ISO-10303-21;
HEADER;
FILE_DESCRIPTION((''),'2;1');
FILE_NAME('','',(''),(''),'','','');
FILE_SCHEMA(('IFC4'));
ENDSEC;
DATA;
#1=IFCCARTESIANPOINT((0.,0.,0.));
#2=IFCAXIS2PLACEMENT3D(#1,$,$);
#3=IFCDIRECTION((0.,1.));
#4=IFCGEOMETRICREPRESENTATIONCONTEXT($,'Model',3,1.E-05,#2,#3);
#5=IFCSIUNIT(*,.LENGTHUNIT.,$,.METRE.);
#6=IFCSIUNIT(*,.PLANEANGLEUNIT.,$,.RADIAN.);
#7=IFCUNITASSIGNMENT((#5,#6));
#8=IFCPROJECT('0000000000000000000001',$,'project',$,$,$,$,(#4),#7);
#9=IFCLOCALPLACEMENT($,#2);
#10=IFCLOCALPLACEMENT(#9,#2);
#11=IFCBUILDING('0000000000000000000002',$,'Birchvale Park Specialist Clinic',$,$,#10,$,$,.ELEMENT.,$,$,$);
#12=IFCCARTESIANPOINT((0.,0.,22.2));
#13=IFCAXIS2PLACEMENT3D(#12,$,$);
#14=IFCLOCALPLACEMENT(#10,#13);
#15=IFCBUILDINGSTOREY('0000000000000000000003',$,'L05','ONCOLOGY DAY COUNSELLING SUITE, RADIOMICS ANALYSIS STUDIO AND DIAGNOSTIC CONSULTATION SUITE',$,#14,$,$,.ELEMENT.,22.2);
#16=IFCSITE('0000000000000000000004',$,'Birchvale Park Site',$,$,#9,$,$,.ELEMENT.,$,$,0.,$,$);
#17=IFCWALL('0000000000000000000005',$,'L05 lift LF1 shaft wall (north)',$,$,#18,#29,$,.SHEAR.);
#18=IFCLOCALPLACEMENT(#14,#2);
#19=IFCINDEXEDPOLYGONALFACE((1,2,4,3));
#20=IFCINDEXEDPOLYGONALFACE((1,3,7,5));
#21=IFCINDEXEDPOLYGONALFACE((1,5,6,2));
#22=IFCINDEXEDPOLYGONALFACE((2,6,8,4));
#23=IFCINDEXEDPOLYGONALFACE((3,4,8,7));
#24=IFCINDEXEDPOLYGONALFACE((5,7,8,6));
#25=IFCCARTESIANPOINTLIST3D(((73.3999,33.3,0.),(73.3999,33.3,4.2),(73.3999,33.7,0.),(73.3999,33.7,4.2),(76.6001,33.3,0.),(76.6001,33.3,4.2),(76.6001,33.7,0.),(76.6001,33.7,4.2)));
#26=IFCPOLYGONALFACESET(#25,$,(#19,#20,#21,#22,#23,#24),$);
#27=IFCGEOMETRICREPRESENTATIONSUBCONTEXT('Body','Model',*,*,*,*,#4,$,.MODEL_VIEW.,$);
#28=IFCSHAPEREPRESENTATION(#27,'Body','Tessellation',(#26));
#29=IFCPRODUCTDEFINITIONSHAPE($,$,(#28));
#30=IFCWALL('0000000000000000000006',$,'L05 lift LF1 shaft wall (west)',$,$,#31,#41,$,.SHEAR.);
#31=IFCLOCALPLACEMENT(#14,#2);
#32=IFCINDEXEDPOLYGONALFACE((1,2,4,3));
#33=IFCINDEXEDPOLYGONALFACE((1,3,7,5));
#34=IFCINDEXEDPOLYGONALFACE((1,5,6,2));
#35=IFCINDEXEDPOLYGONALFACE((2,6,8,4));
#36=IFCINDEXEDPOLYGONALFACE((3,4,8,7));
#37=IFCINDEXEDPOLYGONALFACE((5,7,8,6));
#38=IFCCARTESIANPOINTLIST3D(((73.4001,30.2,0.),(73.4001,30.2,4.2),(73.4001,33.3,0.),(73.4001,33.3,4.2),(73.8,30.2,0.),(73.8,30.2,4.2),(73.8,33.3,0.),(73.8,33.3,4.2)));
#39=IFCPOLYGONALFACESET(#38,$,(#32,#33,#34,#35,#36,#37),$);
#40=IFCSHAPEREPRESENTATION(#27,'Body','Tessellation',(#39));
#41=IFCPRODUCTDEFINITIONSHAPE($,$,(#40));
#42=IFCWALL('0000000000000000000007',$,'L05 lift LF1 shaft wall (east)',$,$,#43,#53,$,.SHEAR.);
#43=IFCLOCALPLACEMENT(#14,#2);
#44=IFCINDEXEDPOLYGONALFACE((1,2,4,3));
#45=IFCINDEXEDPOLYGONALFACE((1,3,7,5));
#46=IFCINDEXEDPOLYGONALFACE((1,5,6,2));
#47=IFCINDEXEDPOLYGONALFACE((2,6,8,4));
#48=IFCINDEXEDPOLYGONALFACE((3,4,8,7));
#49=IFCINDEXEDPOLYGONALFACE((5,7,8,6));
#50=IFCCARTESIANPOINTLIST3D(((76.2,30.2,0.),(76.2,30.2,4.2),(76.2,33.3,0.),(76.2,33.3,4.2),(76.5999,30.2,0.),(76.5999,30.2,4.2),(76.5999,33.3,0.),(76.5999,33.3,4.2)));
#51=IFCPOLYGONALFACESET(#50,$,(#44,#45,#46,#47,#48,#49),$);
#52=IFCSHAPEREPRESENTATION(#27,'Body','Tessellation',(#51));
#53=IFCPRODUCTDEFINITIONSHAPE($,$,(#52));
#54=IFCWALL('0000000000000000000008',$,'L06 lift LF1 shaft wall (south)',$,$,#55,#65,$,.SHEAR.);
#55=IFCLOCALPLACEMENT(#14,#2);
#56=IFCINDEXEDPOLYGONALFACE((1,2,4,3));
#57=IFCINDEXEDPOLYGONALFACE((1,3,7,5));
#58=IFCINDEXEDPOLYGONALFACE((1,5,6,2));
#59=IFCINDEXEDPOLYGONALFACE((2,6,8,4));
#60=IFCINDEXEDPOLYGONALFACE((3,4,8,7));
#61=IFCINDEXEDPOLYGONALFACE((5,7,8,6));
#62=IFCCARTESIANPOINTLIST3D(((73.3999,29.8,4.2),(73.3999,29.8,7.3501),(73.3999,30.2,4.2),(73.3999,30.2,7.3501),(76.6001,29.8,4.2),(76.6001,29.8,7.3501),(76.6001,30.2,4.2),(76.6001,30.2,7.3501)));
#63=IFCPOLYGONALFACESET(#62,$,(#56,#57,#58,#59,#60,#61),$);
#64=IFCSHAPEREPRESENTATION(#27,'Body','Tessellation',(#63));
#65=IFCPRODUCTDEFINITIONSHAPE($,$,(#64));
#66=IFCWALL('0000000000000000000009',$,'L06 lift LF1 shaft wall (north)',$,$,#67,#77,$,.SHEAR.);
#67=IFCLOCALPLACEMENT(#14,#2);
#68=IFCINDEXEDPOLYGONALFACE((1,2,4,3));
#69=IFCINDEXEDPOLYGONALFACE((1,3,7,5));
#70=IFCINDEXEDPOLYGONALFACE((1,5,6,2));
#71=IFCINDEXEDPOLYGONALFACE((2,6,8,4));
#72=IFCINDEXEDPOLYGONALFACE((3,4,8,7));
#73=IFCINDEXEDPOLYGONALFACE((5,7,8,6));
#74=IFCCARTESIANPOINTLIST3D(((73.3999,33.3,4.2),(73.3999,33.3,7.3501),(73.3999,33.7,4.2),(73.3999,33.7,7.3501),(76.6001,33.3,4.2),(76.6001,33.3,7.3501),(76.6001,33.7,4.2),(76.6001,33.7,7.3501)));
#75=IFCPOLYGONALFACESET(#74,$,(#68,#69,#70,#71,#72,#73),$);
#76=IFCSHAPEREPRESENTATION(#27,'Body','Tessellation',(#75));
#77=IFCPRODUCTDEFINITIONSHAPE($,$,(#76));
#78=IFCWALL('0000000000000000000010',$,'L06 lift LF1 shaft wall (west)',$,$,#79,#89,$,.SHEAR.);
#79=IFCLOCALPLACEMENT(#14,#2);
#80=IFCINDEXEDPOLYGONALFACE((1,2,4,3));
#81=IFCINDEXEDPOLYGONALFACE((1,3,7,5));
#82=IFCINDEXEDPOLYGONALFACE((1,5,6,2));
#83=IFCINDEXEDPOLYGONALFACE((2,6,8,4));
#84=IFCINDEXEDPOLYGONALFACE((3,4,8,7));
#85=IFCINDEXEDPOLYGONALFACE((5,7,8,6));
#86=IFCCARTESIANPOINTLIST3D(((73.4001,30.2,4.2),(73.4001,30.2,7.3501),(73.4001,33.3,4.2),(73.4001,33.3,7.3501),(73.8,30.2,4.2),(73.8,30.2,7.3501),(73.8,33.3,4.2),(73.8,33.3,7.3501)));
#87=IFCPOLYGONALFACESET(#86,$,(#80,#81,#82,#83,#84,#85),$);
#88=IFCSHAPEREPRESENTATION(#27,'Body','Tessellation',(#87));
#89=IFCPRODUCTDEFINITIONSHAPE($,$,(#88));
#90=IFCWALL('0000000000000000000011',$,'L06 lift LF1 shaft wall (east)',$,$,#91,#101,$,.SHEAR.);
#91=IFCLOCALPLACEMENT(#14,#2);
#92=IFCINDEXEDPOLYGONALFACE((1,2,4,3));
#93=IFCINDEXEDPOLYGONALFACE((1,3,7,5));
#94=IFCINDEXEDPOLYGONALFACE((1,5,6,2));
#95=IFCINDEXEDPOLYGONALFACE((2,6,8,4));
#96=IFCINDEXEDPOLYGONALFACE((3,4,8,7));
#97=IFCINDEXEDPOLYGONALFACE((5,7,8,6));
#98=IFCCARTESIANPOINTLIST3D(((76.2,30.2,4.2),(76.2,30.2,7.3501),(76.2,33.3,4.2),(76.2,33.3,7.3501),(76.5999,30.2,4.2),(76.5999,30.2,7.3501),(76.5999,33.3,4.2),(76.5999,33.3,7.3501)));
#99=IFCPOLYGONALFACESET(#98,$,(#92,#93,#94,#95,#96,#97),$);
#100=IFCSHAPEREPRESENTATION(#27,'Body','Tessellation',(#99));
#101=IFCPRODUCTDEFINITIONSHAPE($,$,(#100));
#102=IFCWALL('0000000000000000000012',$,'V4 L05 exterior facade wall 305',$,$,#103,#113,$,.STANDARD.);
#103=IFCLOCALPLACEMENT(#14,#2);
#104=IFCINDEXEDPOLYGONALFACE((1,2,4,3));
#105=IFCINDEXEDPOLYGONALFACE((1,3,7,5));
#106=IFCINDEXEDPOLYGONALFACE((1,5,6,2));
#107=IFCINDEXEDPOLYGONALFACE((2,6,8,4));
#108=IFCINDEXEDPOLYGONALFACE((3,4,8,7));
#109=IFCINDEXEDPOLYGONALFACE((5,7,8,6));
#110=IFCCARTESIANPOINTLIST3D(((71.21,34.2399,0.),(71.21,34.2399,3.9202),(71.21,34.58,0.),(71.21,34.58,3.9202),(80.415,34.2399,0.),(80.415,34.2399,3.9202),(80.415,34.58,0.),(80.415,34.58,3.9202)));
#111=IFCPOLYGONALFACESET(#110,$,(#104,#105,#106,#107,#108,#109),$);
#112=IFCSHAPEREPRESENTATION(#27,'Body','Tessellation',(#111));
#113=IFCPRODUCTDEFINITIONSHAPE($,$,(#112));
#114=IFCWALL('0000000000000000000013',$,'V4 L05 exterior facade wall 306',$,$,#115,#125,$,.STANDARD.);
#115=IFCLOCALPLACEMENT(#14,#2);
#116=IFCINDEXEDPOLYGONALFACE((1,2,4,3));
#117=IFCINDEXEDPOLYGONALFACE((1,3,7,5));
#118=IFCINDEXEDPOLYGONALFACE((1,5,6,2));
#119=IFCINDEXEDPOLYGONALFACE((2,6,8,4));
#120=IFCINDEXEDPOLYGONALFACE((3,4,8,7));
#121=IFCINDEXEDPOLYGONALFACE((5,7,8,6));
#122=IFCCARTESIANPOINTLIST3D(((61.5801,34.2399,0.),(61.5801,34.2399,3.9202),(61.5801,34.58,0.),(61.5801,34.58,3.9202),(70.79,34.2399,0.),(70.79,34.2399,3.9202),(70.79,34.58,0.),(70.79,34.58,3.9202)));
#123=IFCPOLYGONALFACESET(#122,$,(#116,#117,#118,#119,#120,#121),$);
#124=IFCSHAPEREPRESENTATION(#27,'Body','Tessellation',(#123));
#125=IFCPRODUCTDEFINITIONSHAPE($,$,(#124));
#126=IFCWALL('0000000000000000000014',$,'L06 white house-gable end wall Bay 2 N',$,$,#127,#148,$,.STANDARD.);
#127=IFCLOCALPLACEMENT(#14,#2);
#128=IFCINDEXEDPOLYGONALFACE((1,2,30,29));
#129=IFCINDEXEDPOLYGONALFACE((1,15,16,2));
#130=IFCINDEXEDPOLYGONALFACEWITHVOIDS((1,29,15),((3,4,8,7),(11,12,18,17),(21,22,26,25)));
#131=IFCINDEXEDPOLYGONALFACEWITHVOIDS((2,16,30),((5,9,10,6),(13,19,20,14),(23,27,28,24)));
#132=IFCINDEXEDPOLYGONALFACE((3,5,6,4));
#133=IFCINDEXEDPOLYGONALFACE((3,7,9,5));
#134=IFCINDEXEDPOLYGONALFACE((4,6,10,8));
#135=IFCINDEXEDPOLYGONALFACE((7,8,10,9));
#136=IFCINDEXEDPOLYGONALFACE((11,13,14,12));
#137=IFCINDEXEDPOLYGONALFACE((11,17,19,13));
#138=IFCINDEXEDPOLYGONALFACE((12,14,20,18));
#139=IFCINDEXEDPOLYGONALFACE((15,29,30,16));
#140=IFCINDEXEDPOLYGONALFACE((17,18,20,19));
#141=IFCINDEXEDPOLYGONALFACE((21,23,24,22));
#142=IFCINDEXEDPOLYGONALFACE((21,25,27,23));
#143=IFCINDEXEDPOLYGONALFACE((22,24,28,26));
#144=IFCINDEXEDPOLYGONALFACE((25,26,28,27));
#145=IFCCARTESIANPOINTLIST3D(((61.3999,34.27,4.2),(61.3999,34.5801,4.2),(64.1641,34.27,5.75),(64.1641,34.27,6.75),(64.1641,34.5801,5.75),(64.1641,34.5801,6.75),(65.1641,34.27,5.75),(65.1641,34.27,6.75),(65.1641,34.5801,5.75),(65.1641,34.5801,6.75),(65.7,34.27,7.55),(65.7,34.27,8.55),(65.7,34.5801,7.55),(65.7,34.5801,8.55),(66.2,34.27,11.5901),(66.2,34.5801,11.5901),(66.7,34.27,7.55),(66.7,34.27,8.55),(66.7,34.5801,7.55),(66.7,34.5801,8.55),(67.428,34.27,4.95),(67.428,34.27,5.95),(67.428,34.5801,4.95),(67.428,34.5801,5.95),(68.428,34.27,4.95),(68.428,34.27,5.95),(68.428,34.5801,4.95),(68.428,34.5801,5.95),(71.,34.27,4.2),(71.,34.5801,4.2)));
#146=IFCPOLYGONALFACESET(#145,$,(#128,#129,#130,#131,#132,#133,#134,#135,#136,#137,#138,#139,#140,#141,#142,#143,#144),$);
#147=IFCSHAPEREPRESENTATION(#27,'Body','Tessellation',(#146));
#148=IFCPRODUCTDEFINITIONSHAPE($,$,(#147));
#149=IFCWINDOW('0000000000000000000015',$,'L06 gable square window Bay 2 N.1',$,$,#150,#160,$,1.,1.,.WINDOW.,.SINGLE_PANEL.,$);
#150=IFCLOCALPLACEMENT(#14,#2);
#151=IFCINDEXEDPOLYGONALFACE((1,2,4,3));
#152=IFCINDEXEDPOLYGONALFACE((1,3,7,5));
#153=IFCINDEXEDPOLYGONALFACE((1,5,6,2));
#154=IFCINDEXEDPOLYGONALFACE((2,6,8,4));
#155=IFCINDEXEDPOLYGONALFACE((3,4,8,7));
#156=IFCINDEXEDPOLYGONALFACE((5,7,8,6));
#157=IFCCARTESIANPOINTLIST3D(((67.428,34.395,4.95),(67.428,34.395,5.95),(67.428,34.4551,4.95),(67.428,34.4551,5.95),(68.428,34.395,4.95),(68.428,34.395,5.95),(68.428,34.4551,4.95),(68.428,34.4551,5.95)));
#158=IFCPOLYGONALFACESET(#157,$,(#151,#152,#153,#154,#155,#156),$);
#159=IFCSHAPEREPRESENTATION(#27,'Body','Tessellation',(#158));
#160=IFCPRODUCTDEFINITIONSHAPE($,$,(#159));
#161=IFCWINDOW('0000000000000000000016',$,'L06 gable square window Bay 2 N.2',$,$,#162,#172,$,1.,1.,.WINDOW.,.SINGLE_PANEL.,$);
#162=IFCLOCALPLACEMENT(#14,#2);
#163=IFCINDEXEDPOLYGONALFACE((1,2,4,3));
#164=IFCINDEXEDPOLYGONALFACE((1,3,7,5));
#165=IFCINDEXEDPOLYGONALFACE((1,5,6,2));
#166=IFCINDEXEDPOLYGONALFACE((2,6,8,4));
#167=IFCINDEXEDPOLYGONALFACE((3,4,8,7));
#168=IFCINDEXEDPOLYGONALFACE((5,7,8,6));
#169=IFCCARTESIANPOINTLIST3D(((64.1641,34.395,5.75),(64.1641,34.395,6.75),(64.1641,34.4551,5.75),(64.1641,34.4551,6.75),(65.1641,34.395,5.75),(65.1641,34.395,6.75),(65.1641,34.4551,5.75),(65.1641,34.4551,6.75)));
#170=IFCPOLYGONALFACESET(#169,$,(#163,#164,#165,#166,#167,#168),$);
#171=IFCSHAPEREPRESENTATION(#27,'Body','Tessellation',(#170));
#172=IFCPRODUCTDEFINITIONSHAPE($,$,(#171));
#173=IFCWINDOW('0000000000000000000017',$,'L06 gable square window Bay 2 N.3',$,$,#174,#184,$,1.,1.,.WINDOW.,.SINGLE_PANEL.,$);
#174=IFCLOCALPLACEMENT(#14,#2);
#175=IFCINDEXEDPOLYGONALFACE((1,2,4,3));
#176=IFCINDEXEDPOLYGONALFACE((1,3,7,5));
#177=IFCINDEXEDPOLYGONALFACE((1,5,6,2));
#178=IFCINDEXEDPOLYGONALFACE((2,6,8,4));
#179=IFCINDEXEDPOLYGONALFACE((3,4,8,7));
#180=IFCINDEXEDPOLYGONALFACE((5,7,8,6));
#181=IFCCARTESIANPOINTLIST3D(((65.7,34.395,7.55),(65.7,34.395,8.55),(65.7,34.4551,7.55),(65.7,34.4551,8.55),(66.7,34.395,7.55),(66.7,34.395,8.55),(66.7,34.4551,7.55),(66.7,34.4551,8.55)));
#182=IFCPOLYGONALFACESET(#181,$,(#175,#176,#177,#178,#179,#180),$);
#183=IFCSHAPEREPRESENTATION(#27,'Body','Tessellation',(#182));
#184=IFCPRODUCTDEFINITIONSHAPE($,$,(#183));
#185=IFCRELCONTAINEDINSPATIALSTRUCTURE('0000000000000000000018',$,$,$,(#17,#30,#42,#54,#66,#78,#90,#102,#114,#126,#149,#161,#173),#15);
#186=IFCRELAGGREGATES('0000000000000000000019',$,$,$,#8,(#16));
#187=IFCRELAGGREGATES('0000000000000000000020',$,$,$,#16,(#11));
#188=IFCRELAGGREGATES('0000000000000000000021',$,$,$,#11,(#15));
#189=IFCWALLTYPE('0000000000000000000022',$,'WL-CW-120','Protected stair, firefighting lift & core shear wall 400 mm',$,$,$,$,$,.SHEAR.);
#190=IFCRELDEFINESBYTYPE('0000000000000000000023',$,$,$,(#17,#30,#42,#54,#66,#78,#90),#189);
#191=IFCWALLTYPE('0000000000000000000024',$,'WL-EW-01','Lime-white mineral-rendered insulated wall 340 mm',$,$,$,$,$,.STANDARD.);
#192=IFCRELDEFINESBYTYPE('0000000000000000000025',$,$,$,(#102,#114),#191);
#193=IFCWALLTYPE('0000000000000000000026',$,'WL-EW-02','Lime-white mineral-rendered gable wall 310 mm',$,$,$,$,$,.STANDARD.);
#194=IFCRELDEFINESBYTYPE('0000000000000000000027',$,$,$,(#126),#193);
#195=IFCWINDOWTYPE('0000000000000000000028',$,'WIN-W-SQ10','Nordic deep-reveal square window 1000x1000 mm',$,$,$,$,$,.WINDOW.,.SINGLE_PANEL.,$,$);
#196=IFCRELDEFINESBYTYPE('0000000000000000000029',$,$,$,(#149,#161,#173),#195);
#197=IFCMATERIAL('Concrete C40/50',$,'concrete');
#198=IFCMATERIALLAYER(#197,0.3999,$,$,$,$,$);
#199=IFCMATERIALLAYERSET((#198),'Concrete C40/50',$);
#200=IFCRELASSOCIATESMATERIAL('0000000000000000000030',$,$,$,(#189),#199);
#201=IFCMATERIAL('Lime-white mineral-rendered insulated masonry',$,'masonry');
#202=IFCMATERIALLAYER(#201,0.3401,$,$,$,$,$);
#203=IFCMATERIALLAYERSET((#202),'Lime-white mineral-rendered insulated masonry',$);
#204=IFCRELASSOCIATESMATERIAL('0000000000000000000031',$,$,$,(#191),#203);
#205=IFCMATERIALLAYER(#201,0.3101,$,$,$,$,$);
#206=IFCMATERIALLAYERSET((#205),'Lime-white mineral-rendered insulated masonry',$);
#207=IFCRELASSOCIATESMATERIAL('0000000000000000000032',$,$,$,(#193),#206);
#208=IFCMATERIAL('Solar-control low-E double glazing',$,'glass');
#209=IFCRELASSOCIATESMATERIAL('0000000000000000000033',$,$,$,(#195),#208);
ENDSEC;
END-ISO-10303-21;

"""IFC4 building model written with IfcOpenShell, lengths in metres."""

from ifc_helpers import new_model, si_unit, direction, frame, frame_2d, origin, place, context, subcontext, project, spatial, polyline, rectangle, outline, extrude, material, layer, layer_set, type_object, element, fill, save


model = new_model("IFC4")

# Units and contexts
model_context = context("Model", 3, precision=1e-05, world=origin(), true_north=direction((0.0, 1.0)))
body_context = subcontext(model_context, "Body", "Model", "MODEL_VIEW")
ifc_project = project(units=[si_unit("LENGTHUNIT", "METRE"), si_unit("PLANEANGLEUNIT", "RADIAN")], contexts=[model_context])

# Site, building, storey
site_placement = place(None, origin())
site = spatial("IfcSite", under=ifc_project, at=site_placement, Name="Birchvale Park Site", CompositionType="ELEMENT", RefElevation=0.0)
building_placement = place(site_placement, origin())
building = spatial("IfcBuilding", under=site, at=building_placement, Name="Birchvale Park Specialist Clinic", CompositionType="ELEMENT")
storey_placement = place(building_placement, frame((0.0, 0.0, 22.2)))
storey = spatial("IfcBuildingStorey", under=building, at=storey_placement, Name="L05", Description="ONCOLOGY DAY COUNSELLING SUITE, RADIOMICS ANALYSIS STUDIO AND DIAGNOSTIC CONSULTATION SUITE", CompositionType="ELEMENT", Elevation=22.2)

# Shared definitions
ifc_material_1 = material(Name="Concrete C40/50", Category="concrete")

# Shared definitions
ifc_layer_1 = layer(ifc_material_1, 0.3999)
ifc_layer_set_1 = layer_set([ifc_layer_1], Name="Concrete C40/50")
wall_type_1 = type_object("IfcWallType", Name="WL-CW-120", Description="Protected stair, firefighting lift & core shear wall 400 mm", PredefinedType="SHEAR", material=ifc_layer_set_1)

# Walls
wall_1_placement = place(storey_placement, frame((76.6001, 33.5, 0.0), z_axis=(0.0, 0.0, 1.0), x_axis=(-1.0, 0.0, 0.0)))
element("IfcWall", 1, at=wall_1_placement, inside=storey, type_object=wall_type_1, Name="L05 lift LF1 shaft wall (north)", PredefinedType="SHEAR", context=body_context, shape_type="SweptSolid", body=[
    extrude(rectangle(XDim=3.2002, YDim=0.3999, at=frame_2d((1.6001, 0.0))), origin(), (0.0, 0.0, 1.0), 4.2),
])
for number, where, z_axis, x_axis, name in (
    (2, (73.6001, 30.2, 0.0), (0.0, 0.0, 1.0), (0.0, 1.0, 0.0), "L05 lift LF1 shaft wall (west)"),
    (3, (76.3999, 33.3, 0.0), (0.0, 0.0, 1.0), (0.0, -1.0, 0.0), "L05 lift LF1 shaft wall (east)"),
):
    element("IfcWall", number, at=place(storey_placement, frame(where, z_axis=z_axis, x_axis=x_axis)), inside=storey, type_object=wall_type_1, Name=name, PredefinedType="SHEAR", context=body_context, shape_type="SweptSolid", body=[
        extrude(rectangle(XDim=3.1001, YDim=0.3999, at=frame_2d((1.55, 0.0))), origin(), (0.0, 0.0, 1.0), 4.2),
    ])
for number, where, z_axis, x_axis, name in (
    (4, (73.3999, 30.0, 4.2), (0.0, 0.0, 1.0), (1.0, 0.0, 0.0), "L06 lift LF1 shaft wall (south)"),
    (5, (76.6001, 33.5, 4.2), (0.0, 0.0, 1.0), (-1.0, 0.0, 0.0), "L06 lift LF1 shaft wall (north)"),
):
    element("IfcWall", number, at=place(storey_placement, frame(where, z_axis=z_axis, x_axis=x_axis)), inside=storey, type_object=wall_type_1, Name=name, PredefinedType="SHEAR", context=body_context, shape_type="SweptSolid", body=[
        extrude(rectangle(XDim=3.2002, YDim=0.3999, at=frame_2d((1.6001, 0.0))), origin(), (0.0, 0.0, 1.0), 3.1501),
    ])
for number, where, z_axis, x_axis, name in (
    (6, (73.6001, 30.2, 4.2), (0.0, 0.0, 1.0), (0.0, 1.0, 0.0), "L06 lift LF1 shaft wall (west)"),
    (7, (76.3999, 33.3, 4.2), (0.0, 0.0, 1.0), (0.0, -1.0, 0.0), "L06 lift LF1 shaft wall (east)"),
):
    element("IfcWall", number, at=place(storey_placement, frame(where, z_axis=z_axis, x_axis=x_axis)), inside=storey, type_object=wall_type_1, Name=name, PredefinedType="SHEAR", context=body_context, shape_type="SweptSolid", body=[
        extrude(rectangle(XDim=3.1001, YDim=0.3999, at=frame_2d((1.55, 0.0))), origin(), (0.0, 0.0, 1.0), 3.1501),
    ])
ifc_material_2 = material(Name="Lime-white mineral-rendered insulated masonry", Category="masonry")
ifc_layer_2 = layer(ifc_material_2, 0.3401)
ifc_layer_set_2 = layer_set([ifc_layer_2], Name="Lime-white mineral-rendered insulated masonry")
wall_type_2 = type_object("IfcWallType", Name="WL-EW-01", Description="Lime-white mineral-rendered insulated wall 340 mm", PredefinedType="STANDARD", material=ifc_layer_set_2)
wall_2_placement = place(storey_placement, frame((80.415, 34.4099, 0.0), z_axis=(0.0, 0.0, 1.0), x_axis=(-1.0, 0.0, 0.0)))
element("IfcWall", 8, at=wall_2_placement, inside=storey, type_object=wall_type_2, Name="V4 L05 exterior facade wall 305", PredefinedType="STANDARD", context=body_context, shape_type="SweptSolid", body=[
    extrude(rectangle(XDim=9.2051, YDim=0.3401, at=frame_2d((4.6025, 0.0))), origin(), (0.0, 0.0, 1.0), 3.9202),
])
wall_3_placement = place(storey_placement, frame((70.79, 34.4099, 0.0), z_axis=(0.0, 0.0, 1.0), x_axis=(-1.0, 0.0, 0.0)))
element("IfcWall", 9, at=wall_3_placement, inside=storey, type_object=wall_type_2, Name="V4 L05 exterior facade wall 306", PredefinedType="STANDARD", context=body_context, shape_type="SweptSolid", body=[
    extrude(rectangle(XDim=9.21, YDim=0.3401, at=frame_2d((4.605, 0.0))), origin(), (0.0, 0.0, 1.0), 3.9202),
])

# Wall, openings, windows
ifc_layer_3 = layer(ifc_material_2, 0.3101)
ifc_layer_set_3 = layer_set([ifc_layer_3], Name="Lime-white mineral-rendered insulated masonry")
wall_type_3 = type_object("IfcWallType", Name="WL-EW-02", Description="Lime-white mineral-rendered gable wall 310 mm", PredefinedType="STANDARD", material=ifc_layer_set_3)
wall_4_placement = place(storey_placement, frame((71.0, 34.425, 4.2), z_axis=(0.0, 0.0, 1.0), x_axis=(-1.0, 0.0, 0.0)))
wall_4 = element("IfcWall", 10, at=wall_4_placement, inside=storey, type_object=wall_type_3, Name="L06 white house-gable end wall Bay 2 N", PredefinedType="STANDARD", context=body_context, shape_type="SweptSolid", body=[
    extrude(outline(polyline([(0.0, 0.0), (9.6001, 0.0), (9.6001, 0.0), (4.8, 7.3901), (0.0, 0.0), (0.0, 0.0)])), frame((0.0, 0.155, 0.0), z_axis=(0.0, -1.0, 0.0), x_axis=(1.0, 0.0, 0.0)), (0.0, 0.0, 1.0), 0.3101),
])
opening_1_placement = place(wall_4_placement, frame((2.572, 0.0, 0.75)))
opening_1 = element("IfcOpeningElement", 11, at=opening_1_placement, cuts=wall_4, PredefinedType="OPENING", context=body_context, shape_type="SweptSolid", body=[
    extrude(rectangle(XDim=1.0, YDim=1.0, at=frame_2d((0.5, 0.5))), frame((0.0, 0.165, 0.0), z_axis=(0.0, -1.0, 0.0), x_axis=(1.0, 0.0, 0.0)), (0.0, 0.0, 1.0), 0.3301),
])
opening_2_placement = place(wall_4_placement, frame((5.8359, 0.0, 1.55)))
opening_2 = element("IfcOpeningElement", 12, at=opening_2_placement, cuts=wall_4, PredefinedType="OPENING", context=body_context, shape_type="SweptSolid", body=[
    extrude(rectangle(XDim=1.0, YDim=1.0, at=frame_2d((0.5, 0.5))), frame((0.0, 0.165, 0.0), z_axis=(0.0, -1.0, 0.0), x_axis=(1.0, 0.0, 0.0)), (0.0, 0.0, 1.0), 0.3301),
])
opening_3_placement = place(wall_4_placement, frame((4.3, 0.0, 3.3501)))
opening_3 = element("IfcOpeningElement", 13, at=opening_3_placement, cuts=wall_4, PredefinedType="OPENING", context=body_context, shape_type="SweptSolid", body=[
    extrude(rectangle(XDim=1.0, YDim=1.0, at=frame_2d((0.5, 0.5))), frame((0.0, 0.165, 0.0), z_axis=(0.0, -1.0, 0.0), x_axis=(1.0, 0.0, 0.0)), (0.0, 0.0, 1.0), 0.3301),
])
ifc_material_3 = material(Name="Solar-control low-E double glazing", Category="glass")
window_type = type_object("IfcWindowType", Name="WIN-W-SQ10", Description="Nordic deep-reveal square window 1000x1000 mm", PartitioningType="SINGLE_PANEL", PredefinedType="WINDOW", material=ifc_material_3)
window_1_placement = place(opening_1_placement, origin())
window_1 = element("IfcWindow", 14, at=window_1_placement, inside=storey, type_object=window_type, Name="L06 gable square window Bay 2 N.1", OverallHeight=1.0, OverallWidth=1.0, PartitioningType="SINGLE_PANEL", PredefinedType="WINDOW", context=body_context, shape_type="SweptSolid", body=[
    extrude(rectangle(XDim=1.0, YDim=1.0, at=frame_2d((0.5, 0.5))), frame((0.0, 0.03, 0.0), z_axis=(0.0, -1.0, 0.0), x_axis=(1.0, 0.0, 0.0)), (0.0, 0.0, 1.0), 0.0601),
])
fill(opening_1, window_1)
window_2_placement = place(opening_2_placement, origin())
window_2 = element("IfcWindow", 15, at=window_2_placement, inside=storey, type_object=window_type, Name="L06 gable square window Bay 2 N.2", OverallHeight=1.0, OverallWidth=1.0, PartitioningType="SINGLE_PANEL", PredefinedType="WINDOW", context=body_context, shape_type="SweptSolid", body=[
    extrude(rectangle(XDim=1.0, YDim=1.0, at=frame_2d((0.5, 0.5))), frame((0.0, 0.03, 0.0), z_axis=(0.0, -1.0, 0.0), x_axis=(1.0, 0.0, 0.0)), (0.0, 0.0, 1.0), 0.0601),
])
fill(opening_2, window_2)
window_3_placement = place(opening_3_placement, origin())
window_3 = element("IfcWindow", 16, at=window_3_placement, inside=storey, type_object=window_type, Name="L06 gable square window Bay 2 N.3", OverallHeight=1.0, OverallWidth=1.0, PartitioningType="SINGLE_PANEL", PredefinedType="WINDOW", context=body_context, shape_type="SweptSolid", body=[
    extrude(rectangle(XDim=1.0, YDim=1.0, at=frame_2d((0.5, 0.5))), frame((0.0, 0.03, 0.0), z_axis=(0.0, -1.0, 0.0), x_axis=(1.0, 0.0, 0.0)), (0.0, 0.0, 1.0), 0.0601),
])
fill(opening_3, window_3)

save(model, "model.ifc")
